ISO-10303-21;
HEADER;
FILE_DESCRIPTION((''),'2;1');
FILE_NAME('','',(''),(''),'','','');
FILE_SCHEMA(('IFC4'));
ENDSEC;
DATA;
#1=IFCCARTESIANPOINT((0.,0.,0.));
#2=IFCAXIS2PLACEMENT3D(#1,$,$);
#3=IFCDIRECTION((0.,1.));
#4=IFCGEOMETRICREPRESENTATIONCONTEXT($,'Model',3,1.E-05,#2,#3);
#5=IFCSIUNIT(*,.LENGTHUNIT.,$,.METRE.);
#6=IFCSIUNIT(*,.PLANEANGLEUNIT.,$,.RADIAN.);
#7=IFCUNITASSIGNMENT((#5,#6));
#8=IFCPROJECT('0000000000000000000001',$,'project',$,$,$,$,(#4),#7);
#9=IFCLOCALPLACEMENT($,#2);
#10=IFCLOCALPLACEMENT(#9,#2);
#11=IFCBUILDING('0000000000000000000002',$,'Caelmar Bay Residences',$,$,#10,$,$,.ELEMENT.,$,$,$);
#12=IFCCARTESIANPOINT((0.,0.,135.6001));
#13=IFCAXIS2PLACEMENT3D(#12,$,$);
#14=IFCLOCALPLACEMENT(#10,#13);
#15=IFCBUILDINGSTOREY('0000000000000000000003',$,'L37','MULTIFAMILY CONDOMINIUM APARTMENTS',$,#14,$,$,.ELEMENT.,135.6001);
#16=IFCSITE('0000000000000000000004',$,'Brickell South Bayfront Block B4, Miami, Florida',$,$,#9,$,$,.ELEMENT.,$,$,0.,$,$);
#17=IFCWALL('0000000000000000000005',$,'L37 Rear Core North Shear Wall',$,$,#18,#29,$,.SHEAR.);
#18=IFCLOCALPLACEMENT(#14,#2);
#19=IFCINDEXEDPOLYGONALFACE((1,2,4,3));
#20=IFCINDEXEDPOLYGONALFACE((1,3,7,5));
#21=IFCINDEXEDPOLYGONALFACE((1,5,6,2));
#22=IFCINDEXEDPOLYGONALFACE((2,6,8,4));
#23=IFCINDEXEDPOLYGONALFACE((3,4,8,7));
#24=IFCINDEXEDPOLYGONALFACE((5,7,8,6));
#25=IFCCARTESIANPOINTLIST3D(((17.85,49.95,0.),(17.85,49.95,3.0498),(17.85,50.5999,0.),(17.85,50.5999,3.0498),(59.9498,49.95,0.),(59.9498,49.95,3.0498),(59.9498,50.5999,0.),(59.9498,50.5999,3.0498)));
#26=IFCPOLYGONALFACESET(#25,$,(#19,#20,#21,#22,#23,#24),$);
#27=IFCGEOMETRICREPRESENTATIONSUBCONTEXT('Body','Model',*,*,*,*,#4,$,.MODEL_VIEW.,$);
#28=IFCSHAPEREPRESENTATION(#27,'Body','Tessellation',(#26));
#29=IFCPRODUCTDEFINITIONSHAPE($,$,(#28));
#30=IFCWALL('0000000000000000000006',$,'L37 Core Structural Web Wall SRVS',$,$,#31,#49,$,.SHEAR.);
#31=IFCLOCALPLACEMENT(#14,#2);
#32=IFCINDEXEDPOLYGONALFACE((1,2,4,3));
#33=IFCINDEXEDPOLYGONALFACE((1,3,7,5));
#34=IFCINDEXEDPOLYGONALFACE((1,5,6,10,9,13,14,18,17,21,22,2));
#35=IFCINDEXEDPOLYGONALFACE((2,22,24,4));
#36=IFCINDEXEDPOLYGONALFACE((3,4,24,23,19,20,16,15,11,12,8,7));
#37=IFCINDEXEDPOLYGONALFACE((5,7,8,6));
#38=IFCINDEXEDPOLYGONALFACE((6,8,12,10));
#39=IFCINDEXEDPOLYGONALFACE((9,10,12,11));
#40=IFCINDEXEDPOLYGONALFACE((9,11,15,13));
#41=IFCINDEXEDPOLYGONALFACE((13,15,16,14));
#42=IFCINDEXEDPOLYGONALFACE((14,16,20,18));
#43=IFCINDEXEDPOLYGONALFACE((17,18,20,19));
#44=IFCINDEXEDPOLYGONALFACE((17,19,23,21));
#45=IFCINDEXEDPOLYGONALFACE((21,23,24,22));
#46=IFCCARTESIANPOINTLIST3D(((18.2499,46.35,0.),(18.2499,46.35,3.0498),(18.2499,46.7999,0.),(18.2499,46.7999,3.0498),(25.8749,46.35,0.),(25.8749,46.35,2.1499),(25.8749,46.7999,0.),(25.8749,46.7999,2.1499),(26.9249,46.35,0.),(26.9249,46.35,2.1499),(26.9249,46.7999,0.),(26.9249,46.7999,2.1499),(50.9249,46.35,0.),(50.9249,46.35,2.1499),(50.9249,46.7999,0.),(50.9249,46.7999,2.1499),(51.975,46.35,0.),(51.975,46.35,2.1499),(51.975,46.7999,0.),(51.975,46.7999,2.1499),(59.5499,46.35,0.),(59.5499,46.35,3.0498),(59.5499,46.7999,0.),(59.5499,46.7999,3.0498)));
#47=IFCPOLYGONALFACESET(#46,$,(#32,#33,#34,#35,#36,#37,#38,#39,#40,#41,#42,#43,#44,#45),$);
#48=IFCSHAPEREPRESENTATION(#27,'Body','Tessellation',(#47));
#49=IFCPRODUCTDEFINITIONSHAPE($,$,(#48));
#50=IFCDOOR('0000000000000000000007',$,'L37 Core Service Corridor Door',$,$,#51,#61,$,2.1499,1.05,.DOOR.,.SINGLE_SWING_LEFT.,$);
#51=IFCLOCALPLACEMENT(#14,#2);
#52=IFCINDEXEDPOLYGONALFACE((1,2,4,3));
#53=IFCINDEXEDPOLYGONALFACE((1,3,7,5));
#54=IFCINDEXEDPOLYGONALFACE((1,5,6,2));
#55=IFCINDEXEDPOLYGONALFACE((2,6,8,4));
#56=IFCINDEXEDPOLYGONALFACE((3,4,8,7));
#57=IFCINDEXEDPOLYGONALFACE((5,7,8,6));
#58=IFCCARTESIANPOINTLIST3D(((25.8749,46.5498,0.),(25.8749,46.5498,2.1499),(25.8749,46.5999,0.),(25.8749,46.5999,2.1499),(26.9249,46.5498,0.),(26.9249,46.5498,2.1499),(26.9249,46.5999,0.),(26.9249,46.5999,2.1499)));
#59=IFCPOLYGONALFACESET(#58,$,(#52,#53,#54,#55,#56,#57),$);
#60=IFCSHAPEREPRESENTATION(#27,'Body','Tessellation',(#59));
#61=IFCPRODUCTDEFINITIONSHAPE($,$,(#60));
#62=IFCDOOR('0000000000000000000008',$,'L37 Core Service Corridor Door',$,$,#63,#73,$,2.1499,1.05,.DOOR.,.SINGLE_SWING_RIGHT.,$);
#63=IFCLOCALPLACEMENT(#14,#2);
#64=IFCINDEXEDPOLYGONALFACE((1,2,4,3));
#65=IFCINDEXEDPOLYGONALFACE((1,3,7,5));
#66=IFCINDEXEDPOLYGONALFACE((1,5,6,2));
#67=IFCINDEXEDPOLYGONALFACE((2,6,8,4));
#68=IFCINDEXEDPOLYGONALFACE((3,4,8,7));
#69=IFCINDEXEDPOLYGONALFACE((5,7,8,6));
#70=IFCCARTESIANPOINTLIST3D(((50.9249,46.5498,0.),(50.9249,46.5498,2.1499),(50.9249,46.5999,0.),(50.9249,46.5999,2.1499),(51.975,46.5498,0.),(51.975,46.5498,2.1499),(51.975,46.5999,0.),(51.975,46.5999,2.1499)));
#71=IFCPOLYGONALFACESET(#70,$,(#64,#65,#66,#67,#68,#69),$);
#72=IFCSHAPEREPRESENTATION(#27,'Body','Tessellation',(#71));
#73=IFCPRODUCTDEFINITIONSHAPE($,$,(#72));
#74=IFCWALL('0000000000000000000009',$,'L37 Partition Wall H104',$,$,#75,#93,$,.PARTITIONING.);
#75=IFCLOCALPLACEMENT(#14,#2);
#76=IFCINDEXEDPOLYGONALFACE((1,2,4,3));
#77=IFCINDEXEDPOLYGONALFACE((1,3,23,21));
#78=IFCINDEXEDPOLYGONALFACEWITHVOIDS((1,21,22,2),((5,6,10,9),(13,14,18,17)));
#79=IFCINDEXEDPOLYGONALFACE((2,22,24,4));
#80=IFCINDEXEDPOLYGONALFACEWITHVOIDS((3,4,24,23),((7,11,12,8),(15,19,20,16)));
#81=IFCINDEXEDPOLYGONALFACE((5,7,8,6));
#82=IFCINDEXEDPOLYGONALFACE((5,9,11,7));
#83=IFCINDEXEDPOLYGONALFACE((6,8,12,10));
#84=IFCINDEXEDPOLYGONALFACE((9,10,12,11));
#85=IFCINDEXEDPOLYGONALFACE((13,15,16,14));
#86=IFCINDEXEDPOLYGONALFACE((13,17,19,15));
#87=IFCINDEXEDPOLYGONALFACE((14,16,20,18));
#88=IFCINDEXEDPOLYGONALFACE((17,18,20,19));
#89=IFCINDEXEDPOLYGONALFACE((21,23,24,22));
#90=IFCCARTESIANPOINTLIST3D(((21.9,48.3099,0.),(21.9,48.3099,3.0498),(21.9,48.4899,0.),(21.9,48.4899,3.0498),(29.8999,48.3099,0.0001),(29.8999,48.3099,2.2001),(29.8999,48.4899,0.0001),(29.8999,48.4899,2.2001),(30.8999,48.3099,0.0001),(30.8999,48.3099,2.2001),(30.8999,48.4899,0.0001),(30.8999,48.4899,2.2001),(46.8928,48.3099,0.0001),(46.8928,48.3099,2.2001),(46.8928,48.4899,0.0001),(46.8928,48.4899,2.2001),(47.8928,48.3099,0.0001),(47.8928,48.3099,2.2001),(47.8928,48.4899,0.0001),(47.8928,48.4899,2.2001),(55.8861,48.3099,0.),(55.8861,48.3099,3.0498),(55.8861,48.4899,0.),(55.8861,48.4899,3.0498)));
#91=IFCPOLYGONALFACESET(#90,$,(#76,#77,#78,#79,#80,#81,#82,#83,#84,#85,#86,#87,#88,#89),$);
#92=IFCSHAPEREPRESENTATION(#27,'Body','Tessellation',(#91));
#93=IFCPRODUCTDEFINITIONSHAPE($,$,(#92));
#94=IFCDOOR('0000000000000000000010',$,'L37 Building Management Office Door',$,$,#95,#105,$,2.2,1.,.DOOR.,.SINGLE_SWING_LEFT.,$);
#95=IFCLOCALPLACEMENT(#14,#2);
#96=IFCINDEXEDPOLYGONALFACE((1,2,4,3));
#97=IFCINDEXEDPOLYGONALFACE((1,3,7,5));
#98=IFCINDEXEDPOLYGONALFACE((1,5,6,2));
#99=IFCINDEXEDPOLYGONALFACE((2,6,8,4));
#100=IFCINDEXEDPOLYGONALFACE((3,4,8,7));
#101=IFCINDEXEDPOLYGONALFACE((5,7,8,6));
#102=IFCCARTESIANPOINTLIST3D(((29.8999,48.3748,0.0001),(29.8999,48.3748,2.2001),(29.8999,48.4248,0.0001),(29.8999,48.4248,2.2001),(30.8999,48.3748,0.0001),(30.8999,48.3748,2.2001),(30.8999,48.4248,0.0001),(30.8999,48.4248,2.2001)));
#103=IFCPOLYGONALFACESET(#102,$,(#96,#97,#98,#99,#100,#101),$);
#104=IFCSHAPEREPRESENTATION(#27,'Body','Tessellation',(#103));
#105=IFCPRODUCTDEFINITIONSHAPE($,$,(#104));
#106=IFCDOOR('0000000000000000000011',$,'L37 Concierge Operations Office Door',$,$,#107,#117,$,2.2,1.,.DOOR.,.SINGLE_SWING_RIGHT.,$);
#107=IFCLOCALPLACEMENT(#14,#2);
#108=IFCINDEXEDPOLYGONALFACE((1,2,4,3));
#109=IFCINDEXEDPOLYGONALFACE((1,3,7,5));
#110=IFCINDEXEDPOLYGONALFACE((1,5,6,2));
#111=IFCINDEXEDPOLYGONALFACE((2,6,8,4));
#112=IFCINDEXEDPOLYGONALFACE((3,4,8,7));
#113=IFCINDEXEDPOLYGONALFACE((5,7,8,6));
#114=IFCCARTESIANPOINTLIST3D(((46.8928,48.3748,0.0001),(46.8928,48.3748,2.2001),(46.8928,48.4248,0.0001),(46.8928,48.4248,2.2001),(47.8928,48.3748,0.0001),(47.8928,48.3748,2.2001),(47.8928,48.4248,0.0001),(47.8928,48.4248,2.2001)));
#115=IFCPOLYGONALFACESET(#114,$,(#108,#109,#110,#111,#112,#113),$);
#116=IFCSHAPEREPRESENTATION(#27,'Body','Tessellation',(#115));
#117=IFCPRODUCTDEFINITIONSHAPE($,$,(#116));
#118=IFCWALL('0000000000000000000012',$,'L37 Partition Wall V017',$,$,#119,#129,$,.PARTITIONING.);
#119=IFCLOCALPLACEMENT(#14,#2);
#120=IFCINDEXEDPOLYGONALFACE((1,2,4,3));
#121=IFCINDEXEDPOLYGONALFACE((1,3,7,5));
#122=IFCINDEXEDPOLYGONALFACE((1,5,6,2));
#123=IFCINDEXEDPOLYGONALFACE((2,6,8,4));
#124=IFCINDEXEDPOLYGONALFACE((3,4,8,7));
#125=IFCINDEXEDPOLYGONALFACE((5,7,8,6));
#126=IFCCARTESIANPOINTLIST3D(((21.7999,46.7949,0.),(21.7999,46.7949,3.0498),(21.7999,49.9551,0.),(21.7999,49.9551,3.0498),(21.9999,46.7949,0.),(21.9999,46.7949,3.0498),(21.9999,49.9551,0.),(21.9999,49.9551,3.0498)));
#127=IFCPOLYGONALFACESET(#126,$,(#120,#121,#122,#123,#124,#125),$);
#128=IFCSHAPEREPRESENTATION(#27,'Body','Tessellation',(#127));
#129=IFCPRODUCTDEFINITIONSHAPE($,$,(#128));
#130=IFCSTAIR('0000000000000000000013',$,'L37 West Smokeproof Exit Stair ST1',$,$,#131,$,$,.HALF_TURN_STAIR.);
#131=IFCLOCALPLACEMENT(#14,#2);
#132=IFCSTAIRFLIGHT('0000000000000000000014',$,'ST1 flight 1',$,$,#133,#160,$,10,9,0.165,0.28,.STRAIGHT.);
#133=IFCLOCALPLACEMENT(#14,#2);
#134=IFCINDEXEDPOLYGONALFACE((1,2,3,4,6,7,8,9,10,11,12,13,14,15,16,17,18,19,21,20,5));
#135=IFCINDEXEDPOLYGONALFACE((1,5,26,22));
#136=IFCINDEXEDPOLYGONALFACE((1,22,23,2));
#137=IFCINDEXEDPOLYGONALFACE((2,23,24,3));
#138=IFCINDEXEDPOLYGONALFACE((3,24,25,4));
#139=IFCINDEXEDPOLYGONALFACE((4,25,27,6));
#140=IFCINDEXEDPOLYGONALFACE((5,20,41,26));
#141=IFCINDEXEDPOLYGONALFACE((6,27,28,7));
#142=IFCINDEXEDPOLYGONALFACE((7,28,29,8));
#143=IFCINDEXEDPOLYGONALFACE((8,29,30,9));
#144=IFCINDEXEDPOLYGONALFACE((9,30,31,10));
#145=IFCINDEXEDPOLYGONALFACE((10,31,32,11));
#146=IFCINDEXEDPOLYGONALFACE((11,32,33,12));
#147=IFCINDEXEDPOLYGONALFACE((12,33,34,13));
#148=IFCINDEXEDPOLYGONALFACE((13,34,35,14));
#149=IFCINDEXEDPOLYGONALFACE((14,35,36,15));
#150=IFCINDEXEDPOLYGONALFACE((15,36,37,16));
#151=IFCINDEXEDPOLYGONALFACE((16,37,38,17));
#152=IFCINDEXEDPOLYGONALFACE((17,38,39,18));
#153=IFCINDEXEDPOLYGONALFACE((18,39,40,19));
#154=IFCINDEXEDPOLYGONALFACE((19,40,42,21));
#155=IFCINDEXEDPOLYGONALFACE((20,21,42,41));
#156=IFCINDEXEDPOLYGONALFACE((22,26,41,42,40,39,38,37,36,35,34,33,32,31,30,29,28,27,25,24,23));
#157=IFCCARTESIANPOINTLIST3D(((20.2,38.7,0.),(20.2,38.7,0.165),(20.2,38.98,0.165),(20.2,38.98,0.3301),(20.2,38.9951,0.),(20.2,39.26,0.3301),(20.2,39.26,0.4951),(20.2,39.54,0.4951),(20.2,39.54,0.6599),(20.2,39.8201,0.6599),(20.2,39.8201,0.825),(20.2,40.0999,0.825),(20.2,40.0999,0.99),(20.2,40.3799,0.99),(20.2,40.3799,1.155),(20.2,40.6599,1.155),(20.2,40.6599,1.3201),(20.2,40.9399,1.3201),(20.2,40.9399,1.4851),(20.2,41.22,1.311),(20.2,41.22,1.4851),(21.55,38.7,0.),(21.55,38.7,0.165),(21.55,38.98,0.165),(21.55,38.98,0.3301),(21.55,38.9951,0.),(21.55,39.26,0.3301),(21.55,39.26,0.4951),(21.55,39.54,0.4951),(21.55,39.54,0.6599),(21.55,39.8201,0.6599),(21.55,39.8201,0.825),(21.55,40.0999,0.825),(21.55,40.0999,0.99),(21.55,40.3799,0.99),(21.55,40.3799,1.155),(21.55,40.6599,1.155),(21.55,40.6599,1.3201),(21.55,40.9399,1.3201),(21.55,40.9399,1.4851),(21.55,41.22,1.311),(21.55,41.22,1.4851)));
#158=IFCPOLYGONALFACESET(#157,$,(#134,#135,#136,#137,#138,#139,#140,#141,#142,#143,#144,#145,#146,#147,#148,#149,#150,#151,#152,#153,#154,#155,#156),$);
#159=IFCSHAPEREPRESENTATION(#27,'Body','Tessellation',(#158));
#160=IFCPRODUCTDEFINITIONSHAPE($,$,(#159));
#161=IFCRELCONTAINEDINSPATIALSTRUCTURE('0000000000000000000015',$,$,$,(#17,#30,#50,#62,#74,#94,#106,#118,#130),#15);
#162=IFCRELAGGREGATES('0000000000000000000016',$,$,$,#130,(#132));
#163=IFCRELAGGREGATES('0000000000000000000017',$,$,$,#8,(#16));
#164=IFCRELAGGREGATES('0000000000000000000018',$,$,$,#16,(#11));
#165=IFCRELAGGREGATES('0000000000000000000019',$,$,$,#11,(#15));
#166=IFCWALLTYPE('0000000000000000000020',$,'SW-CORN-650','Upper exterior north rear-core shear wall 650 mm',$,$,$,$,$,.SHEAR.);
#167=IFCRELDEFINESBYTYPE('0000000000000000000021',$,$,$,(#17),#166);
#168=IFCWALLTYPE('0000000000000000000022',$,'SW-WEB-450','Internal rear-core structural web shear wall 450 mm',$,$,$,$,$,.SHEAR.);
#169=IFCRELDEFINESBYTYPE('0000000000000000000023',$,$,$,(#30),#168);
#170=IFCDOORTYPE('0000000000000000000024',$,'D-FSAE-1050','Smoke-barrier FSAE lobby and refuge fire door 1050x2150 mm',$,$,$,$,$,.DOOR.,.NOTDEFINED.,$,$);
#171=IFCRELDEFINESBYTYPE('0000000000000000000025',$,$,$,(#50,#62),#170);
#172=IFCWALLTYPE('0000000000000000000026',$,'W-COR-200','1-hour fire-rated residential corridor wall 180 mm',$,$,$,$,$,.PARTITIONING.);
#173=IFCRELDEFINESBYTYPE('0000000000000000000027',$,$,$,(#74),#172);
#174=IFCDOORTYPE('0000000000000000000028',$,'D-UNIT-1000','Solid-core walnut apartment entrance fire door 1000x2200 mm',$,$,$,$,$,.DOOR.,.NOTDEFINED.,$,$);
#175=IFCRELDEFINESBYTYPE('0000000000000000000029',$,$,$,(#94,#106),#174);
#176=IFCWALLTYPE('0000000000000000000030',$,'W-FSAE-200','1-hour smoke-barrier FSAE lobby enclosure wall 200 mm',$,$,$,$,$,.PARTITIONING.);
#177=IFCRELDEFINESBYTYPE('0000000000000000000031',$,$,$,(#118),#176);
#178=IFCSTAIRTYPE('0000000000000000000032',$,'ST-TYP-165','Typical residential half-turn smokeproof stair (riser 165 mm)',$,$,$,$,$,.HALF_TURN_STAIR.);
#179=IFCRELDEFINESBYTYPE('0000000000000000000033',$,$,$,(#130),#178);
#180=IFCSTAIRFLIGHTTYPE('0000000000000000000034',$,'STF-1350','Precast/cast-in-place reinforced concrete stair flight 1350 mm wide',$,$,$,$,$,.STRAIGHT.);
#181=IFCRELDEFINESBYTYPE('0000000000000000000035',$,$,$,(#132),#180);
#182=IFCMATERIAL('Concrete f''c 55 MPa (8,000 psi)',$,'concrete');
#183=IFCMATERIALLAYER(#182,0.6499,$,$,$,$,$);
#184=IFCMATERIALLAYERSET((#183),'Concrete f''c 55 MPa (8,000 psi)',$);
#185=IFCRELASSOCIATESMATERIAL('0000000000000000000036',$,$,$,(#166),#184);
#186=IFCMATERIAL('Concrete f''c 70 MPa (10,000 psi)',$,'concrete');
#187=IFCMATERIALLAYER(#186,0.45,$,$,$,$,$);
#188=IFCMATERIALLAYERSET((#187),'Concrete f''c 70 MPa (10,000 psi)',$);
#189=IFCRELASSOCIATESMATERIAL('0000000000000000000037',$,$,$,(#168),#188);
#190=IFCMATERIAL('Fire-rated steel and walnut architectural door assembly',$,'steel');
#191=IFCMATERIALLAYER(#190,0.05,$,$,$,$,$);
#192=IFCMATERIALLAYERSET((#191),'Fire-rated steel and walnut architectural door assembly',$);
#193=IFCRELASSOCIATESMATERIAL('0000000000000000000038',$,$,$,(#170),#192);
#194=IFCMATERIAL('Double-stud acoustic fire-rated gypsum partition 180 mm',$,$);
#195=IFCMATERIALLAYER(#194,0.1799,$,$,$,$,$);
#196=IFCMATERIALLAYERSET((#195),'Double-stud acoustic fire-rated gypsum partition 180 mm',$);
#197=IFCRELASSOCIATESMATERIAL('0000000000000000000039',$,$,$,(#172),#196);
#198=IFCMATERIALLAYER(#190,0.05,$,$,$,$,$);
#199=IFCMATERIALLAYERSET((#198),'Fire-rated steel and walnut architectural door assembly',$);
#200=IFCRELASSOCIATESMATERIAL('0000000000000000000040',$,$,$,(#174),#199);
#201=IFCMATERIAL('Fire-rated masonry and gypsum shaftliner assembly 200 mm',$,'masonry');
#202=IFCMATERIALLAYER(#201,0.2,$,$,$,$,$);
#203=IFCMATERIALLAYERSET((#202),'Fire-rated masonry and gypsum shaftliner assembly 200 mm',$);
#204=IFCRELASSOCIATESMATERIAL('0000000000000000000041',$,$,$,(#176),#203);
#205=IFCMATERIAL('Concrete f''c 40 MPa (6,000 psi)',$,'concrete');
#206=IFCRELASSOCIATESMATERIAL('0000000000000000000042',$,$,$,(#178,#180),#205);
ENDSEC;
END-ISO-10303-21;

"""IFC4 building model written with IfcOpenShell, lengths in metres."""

from ifc_helpers import new_model, si_unit, direction, frame, frame_2d, origin, place, context, subcontext, project, spatial, polyline, rectangle, outline, extrude, material, layer, layer_set, type_object, element, fill, aggregate, save


model = new_model("IFC4")

# Units and contexts
model_context = context("Model", 3, precision=1e-05, world=origin(), true_north=direction((0.0, 1.0)))
body_context = subcontext(model_context, "Body", "Model", "MODEL_VIEW")
ifc_project = project(units=[si_unit("LENGTHUNIT", "METRE"), si_unit("PLANEANGLEUNIT", "RADIAN")], contexts=[model_context])

# Site, building, storey
site_placement = place(None, origin())
site = spatial("IfcSite", under=ifc_project, at=site_placement, Name="Brickell South Bayfront Block B4, Miami, Florida", CompositionType="ELEMENT", RefElevation=0.0)
building_placement = place(site_placement, origin())
building = spatial("IfcBuilding", under=site, at=building_placement, Name="Caelmar Bay Residences", CompositionType="ELEMENT")
storey_placement = place(building_placement, frame((0.0, 0.0, 135.6001)))
storey = spatial("IfcBuildingStorey", under=building, at=storey_placement, Name="L37", Description="MULTIFAMILY CONDOMINIUM APARTMENTS", CompositionType="ELEMENT", Elevation=135.6001)

# Shared definitions
ifc_material_1 = material(Name="Concrete f'c 55 MPa (8,000 psi)", Category="concrete")
ifc_material_2 = material(Name="Fire-rated steel and walnut architectural door assembly", Category="steel")

# Wall
ifc_layer_1 = layer(ifc_material_1, 0.6499)
ifc_layer_set_1 = layer_set([ifc_layer_1], Name="Concrete f'c 55 MPa (8,000 psi)")
wall_type_1 = type_object("IfcWallType", Name="SW-CORN-650", Description="Upper exterior north rear-core shear wall 650 mm", PredefinedType="SHEAR", material=ifc_layer_set_1)
wall_1_placement = place(storey_placement, frame((17.8501, 50.2749, 0.0), z_axis=(0.0, 0.0, 1.0), x_axis=(1.0, 0.0, 0.0)))
element("IfcWall", 1, at=wall_1_placement, inside=storey, type_object=wall_type_1, Name="L37 Rear Core North Shear Wall", PredefinedType="SHEAR", context=body_context, shape_type="SweptSolid", body=[
    extrude(rectangle(XDim=42.0999, YDim=0.6499, at=frame_2d((21.0498, 0.0))), origin(), (0.0, 0.0, 1.0), 3.0498),
])

# Walls, openings, doors
ifc_material_3 = material(Name="Concrete f'c 70 MPa (10,000 psi)", Category="concrete")
ifc_layer_2 = layer(ifc_material_3, 0.45)
ifc_layer_set_2 = layer_set([ifc_layer_2], Name="Concrete f'c 70 MPa (10,000 psi)")
wall_type_2 = type_object("IfcWallType", Name="SW-WEB-450", Description="Internal rear-core structural web shear wall 450 mm", PredefinedType="SHEAR", material=ifc_layer_set_2)
wall_2_placement = place(storey_placement, frame((18.25, 46.575, 0.0), z_axis=(0.0, 0.0, 1.0), x_axis=(1.0, 0.0, 0.0)))
wall_2 = element("IfcWall", 2, at=wall_2_placement, inside=storey, type_object=wall_type_2, Name="L37 Core Structural Web Wall SRVS", PredefinedType="SHEAR", context=body_context, shape_type="SweptSolid", body=[
    extrude(rectangle(XDim=41.3, YDim=0.45, at=frame_2d((20.6499, 0.0))), origin(), (0.0, 0.0, 1.0), 3.0498),
])
opening_1_placement = place(wall_2_placement, frame((7.625, 0.0, 0.0)))
opening_1 = element("IfcOpeningElement", 3, at=opening_1_placement, cuts=wall_2, PredefinedType="OPENING", context=body_context, shape_type="SweptSolid", body=[
    extrude(rectangle(XDim=1.05, YDim=2.1499, at=frame_2d((0.5249, 1.075))), frame((0.0, 0.2349, 0.0), z_axis=(0.0, -1.0, 0.0), x_axis=(1.0, 0.0, 0.0)), (0.0, 0.0, 1.0), 0.47),
])
opening_2_placement = place(wall_2_placement, frame((32.675, 0.0, 0.0)))
opening_2 = element("IfcOpeningElement", 4, at=opening_2_placement, cuts=wall_2, PredefinedType="OPENING", context=body_context, shape_type="SweptSolid", body=[
    extrude(rectangle(XDim=1.05, YDim=2.1499, at=frame_2d((0.5249, 1.075))), frame((0.0, 0.2349, 0.0), z_axis=(0.0, -1.0, 0.0), x_axis=(1.0, 0.0, 0.0)), (0.0, 0.0, 1.0), 0.47),
])
ifc_layer_3 = layer(ifc_material_2, 0.05)
ifc_layer_set_3 = layer_set([ifc_layer_3], Name="Fire-rated steel and walnut architectural door assembly")
door_type_1 = type_object("IfcDoorType", Name="D-FSAE-1050", Description="Smoke-barrier FSAE lobby and refuge fire door 1050x2150 mm", OperationType="NOTDEFINED", PredefinedType="DOOR", material=ifc_layer_set_3)
door_1_placement = place(opening_1_placement, origin())
door_1 = element("IfcDoor", 5, at=door_1_placement, inside=storey, type_object=door_type_1, Name="L37 Core Service Corridor Door", OperationType="SINGLE_SWING_LEFT", OverallHeight=2.1499, OverallWidth=1.05, PredefinedType="DOOR", context=body_context, shape_type="SweptSolid", body=[
    extrude(rectangle(XDim=1.05, YDim=2.1499, at=frame_2d((0.5249, 1.075))), frame((0.0, 0.0249, 0.0), z_axis=(0.0, -1.0, 0.0), x_axis=(1.0, 0.0, 0.0)), (0.0, 0.0, 1.0), 0.05),
])
fill(opening_1, door_1)
door_2_placement = place(opening_2_placement, origin())
door_2 = element("IfcDoor", 6, at=door_2_placement, inside=storey, type_object=door_type_1, Name="L37 Core Service Corridor Door", OperationType="SINGLE_SWING_RIGHT", OverallHeight=2.1499, OverallWidth=1.05, PredefinedType="DOOR", context=body_context, shape_type="SweptSolid", body=[
    extrude(rectangle(XDim=1.05, YDim=2.1499, at=frame_2d((0.5249, 1.075))), frame((0.0, 0.0249, 0.0), z_axis=(0.0, -1.0, 0.0), x_axis=(1.0, 0.0, 0.0)), (0.0, 0.0, 1.0), 0.05),
])
fill(opening_2, door_2)
ifc_material_4 = material(Name="Double-stud acoustic fire-rated gypsum partition 180 mm")
ifc_layer_4 = layer(ifc_material_4, 0.1799)
ifc_layer_set_4 = layer_set([ifc_layer_4], Name="Double-stud acoustic fire-rated gypsum partition 180 mm")
wall_type_3 = type_object("IfcWallType", Name="W-COR-200", Description="1-hour fire-rated residential corridor wall 180 mm", PredefinedType="PARTITIONING", material=ifc_layer_set_4)
wall_3_placement = place(storey_placement, frame((21.8999, 48.3999, 0.0), z_axis=(0.0, 0.0, 1.0), x_axis=(1.0, 0.0, 0.0)))
wall_3 = element("IfcWall", 7, at=wall_3_placement, inside=storey, type_object=wall_type_3, Name="L37 Partition Wall H104", PredefinedType="PARTITIONING", context=body_context, shape_type="SweptSolid", body=[
    extrude(rectangle(XDim=33.9861, YDim=0.1799, at=frame_2d((16.9932, 0.0))), origin(), (0.0, 0.0, 1.0), 3.0498),
])
opening_3_placement = place(wall_3_placement, frame((8.0, 0.0, 0.0)))
opening_3 = element("IfcOpeningElement", 8, at=opening_3_placement, cuts=wall_3, PredefinedType="OPENING", context=body_context, shape_type="SweptSolid", body=[
    extrude(rectangle(XDim=1.0, YDim=2.2, at=frame_2d((0.5, 1.1001))), frame((0.0, 0.0999, 0.0), z_axis=(0.0, -1.0, 0.0), x_axis=(1.0, 0.0, 0.0)), (0.0, 0.0, 1.0), 0.2),
])
opening_4_placement = place(wall_3_placement, frame((24.9929, 0.0, 0.0)))
opening_4 = element("IfcOpeningElement", 9, at=opening_4_placement, cuts=wall_3, PredefinedType="OPENING", context=body_context, shape_type="SweptSolid", body=[
    extrude(rectangle(XDim=1.0, YDim=2.2, at=frame_2d((0.5, 1.1001))), frame((0.0, 0.0999, 0.0), z_axis=(0.0, -1.0, 0.0), x_axis=(1.0, 0.0, 0.0)), (0.0, 0.0, 1.0), 0.2),
])
ifc_layer_5 = layer(ifc_material_2, 0.05)
ifc_layer_set_5 = layer_set([ifc_layer_5], Name="Fire-rated steel and walnut architectural door assembly")
door_type_2 = type_object("IfcDoorType", Name="D-UNIT-1000", Description="Solid-core walnut apartment entrance fire door 1000x2200 mm", OperationType="NOTDEFINED", PredefinedType="DOOR", material=ifc_layer_set_5)
door_3_placement = place(opening_3_placement, origin())
door_3 = element("IfcDoor", 10, at=door_3_placement, inside=storey, type_object=door_type_2, Name="L37 Building Management Office Door", OperationType="SINGLE_SWING_LEFT", OverallHeight=2.2, OverallWidth=1.0, PredefinedType="DOOR", context=body_context, shape_type="SweptSolid", body=[
    extrude(rectangle(XDim=1.0, YDim=2.2, at=frame_2d((0.5, 1.1001))), frame((0.0, 0.0249, 0.0), z_axis=(0.0, -1.0, 0.0), x_axis=(1.0, 0.0, 0.0)), (0.0, 0.0, 1.0), 0.05),
])
fill(opening_3, door_3)
door_4_placement = place(opening_4_placement, origin())
door_4 = element("IfcDoor", 11, at=door_4_placement, inside=storey, type_object=door_type_2, Name="L37 Concierge Operations Office Door", OperationType="SINGLE_SWING_RIGHT", OverallHeight=2.2, OverallWidth=1.0, PredefinedType="DOOR", context=body_context, shape_type="SweptSolid", body=[
    extrude(rectangle(XDim=1.0, YDim=2.2, at=frame_2d((0.5, 1.1001))), frame((0.0, 0.0249, 0.0), z_axis=(0.0, -1.0, 0.0), x_axis=(1.0, 0.0, 0.0)), (0.0, 0.0, 1.0), 0.05),
])
fill(opening_4, door_4)

# Wall
ifc_material_5 = material(Name="Fire-rated masonry and gypsum shaftliner assembly 200 mm", Category="masonry")
ifc_layer_6 = layer(ifc_material_5, 0.2)
ifc_layer_set_6 = layer_set([ifc_layer_6], Name="Fire-rated masonry and gypsum shaftliner assembly 200 mm")
wall_type_4 = type_object("IfcWallType", Name="W-FSAE-200", Description="1-hour smoke-barrier FSAE lobby enclosure wall 200 mm", PredefinedType="PARTITIONING", material=ifc_layer_set_6)
wall_4_placement = place(storey_placement, frame((21.8999, 46.7949, 0.0), z_axis=(0.0, 0.0, 1.0), x_axis=(0.0, 1.0, 0.0)))
element("IfcWall", 12, at=wall_4_placement, inside=storey, type_object=wall_type_4, Name="L37 Partition Wall V017", PredefinedType="PARTITIONING", context=body_context, shape_type="SweptSolid", body=[
    extrude(rectangle(XDim=3.1602, YDim=0.2, at=frame_2d((1.5801, 0.0))), origin(), (0.0, 0.0, 1.0), 3.0498),
])

# Stair, stair flight
ifc_material_6 = material(Name="Concrete f'c 40 MPa (6,000 psi)", Category="concrete")
stair_type = type_object("IfcStairType", Name="ST-TYP-165", Description="Typical residential half-turn smokeproof stair (riser 165 mm)", PredefinedType="HALF_TURN_STAIR", material=ifc_material_6)
stair_placement = place(storey_placement, origin())
stair = element("IfcStair", 13, at=stair_placement, inside=storey, type_object=stair_type, Name="L37 West Smokeproof Exit Stair ST1", PredefinedType="HALF_TURN_STAIR")
stair_flight_type = type_object("IfcStairFlightType", Name="STF-1350", Description="Precast/cast-in-place reinforced concrete stair flight 1350 mm wide", PredefinedType="STRAIGHT", material=ifc_material_6)
stair_flight_1_placement = place(storey_placement, frame((20.875, 38.7, 0.0), z_axis=(0.0, 0.0, 1.0), x_axis=(0.0, 1.0, 0.0)))
stair_flight_1 = element("IfcStairFlight", 14, at=stair_flight_1_placement, type_object=stair_flight_type, Name="ST1 flight 1", NumberOfRisers=10, NumberOfTreads=9, PredefinedType="STRAIGHT", RiserHeight=0.165, TreadLength=0.28, context=body_context, shape_type="SweptSolid", body=[
    extrude(outline(polyline([(0.0, 0.0), (0.0, 0.165), (0.28, 0.165), (0.28, 0.3301), (0.5601, 0.3301), (0.5601, 0.4951), (0.8401, 0.4951), (0.8401, 0.6599), (1.1201, 0.6599), (1.1201, 0.825), (1.3999, 0.825), (1.3999, 0.99), (1.6799, 0.99), (1.6799, 1.155), (1.96, 1.155), (1.96, 1.3201), (2.24, 1.3201), (2.24, 1.4851), (2.52, 1.4851), (2.52, 1.6499), (2.52, 1.311), (0.2952, 0.0), (0.0, 0.0)])), frame((0.0, 0.675, 0.0), z_axis=(0.0, -1.0, 0.0), x_axis=(1.0, 0.0, 0.0)), (0.0, 0.0, 1.0), 1.3501),
])
aggregate(stair, [stair_flight_1])

save(model, "model.ifc")
